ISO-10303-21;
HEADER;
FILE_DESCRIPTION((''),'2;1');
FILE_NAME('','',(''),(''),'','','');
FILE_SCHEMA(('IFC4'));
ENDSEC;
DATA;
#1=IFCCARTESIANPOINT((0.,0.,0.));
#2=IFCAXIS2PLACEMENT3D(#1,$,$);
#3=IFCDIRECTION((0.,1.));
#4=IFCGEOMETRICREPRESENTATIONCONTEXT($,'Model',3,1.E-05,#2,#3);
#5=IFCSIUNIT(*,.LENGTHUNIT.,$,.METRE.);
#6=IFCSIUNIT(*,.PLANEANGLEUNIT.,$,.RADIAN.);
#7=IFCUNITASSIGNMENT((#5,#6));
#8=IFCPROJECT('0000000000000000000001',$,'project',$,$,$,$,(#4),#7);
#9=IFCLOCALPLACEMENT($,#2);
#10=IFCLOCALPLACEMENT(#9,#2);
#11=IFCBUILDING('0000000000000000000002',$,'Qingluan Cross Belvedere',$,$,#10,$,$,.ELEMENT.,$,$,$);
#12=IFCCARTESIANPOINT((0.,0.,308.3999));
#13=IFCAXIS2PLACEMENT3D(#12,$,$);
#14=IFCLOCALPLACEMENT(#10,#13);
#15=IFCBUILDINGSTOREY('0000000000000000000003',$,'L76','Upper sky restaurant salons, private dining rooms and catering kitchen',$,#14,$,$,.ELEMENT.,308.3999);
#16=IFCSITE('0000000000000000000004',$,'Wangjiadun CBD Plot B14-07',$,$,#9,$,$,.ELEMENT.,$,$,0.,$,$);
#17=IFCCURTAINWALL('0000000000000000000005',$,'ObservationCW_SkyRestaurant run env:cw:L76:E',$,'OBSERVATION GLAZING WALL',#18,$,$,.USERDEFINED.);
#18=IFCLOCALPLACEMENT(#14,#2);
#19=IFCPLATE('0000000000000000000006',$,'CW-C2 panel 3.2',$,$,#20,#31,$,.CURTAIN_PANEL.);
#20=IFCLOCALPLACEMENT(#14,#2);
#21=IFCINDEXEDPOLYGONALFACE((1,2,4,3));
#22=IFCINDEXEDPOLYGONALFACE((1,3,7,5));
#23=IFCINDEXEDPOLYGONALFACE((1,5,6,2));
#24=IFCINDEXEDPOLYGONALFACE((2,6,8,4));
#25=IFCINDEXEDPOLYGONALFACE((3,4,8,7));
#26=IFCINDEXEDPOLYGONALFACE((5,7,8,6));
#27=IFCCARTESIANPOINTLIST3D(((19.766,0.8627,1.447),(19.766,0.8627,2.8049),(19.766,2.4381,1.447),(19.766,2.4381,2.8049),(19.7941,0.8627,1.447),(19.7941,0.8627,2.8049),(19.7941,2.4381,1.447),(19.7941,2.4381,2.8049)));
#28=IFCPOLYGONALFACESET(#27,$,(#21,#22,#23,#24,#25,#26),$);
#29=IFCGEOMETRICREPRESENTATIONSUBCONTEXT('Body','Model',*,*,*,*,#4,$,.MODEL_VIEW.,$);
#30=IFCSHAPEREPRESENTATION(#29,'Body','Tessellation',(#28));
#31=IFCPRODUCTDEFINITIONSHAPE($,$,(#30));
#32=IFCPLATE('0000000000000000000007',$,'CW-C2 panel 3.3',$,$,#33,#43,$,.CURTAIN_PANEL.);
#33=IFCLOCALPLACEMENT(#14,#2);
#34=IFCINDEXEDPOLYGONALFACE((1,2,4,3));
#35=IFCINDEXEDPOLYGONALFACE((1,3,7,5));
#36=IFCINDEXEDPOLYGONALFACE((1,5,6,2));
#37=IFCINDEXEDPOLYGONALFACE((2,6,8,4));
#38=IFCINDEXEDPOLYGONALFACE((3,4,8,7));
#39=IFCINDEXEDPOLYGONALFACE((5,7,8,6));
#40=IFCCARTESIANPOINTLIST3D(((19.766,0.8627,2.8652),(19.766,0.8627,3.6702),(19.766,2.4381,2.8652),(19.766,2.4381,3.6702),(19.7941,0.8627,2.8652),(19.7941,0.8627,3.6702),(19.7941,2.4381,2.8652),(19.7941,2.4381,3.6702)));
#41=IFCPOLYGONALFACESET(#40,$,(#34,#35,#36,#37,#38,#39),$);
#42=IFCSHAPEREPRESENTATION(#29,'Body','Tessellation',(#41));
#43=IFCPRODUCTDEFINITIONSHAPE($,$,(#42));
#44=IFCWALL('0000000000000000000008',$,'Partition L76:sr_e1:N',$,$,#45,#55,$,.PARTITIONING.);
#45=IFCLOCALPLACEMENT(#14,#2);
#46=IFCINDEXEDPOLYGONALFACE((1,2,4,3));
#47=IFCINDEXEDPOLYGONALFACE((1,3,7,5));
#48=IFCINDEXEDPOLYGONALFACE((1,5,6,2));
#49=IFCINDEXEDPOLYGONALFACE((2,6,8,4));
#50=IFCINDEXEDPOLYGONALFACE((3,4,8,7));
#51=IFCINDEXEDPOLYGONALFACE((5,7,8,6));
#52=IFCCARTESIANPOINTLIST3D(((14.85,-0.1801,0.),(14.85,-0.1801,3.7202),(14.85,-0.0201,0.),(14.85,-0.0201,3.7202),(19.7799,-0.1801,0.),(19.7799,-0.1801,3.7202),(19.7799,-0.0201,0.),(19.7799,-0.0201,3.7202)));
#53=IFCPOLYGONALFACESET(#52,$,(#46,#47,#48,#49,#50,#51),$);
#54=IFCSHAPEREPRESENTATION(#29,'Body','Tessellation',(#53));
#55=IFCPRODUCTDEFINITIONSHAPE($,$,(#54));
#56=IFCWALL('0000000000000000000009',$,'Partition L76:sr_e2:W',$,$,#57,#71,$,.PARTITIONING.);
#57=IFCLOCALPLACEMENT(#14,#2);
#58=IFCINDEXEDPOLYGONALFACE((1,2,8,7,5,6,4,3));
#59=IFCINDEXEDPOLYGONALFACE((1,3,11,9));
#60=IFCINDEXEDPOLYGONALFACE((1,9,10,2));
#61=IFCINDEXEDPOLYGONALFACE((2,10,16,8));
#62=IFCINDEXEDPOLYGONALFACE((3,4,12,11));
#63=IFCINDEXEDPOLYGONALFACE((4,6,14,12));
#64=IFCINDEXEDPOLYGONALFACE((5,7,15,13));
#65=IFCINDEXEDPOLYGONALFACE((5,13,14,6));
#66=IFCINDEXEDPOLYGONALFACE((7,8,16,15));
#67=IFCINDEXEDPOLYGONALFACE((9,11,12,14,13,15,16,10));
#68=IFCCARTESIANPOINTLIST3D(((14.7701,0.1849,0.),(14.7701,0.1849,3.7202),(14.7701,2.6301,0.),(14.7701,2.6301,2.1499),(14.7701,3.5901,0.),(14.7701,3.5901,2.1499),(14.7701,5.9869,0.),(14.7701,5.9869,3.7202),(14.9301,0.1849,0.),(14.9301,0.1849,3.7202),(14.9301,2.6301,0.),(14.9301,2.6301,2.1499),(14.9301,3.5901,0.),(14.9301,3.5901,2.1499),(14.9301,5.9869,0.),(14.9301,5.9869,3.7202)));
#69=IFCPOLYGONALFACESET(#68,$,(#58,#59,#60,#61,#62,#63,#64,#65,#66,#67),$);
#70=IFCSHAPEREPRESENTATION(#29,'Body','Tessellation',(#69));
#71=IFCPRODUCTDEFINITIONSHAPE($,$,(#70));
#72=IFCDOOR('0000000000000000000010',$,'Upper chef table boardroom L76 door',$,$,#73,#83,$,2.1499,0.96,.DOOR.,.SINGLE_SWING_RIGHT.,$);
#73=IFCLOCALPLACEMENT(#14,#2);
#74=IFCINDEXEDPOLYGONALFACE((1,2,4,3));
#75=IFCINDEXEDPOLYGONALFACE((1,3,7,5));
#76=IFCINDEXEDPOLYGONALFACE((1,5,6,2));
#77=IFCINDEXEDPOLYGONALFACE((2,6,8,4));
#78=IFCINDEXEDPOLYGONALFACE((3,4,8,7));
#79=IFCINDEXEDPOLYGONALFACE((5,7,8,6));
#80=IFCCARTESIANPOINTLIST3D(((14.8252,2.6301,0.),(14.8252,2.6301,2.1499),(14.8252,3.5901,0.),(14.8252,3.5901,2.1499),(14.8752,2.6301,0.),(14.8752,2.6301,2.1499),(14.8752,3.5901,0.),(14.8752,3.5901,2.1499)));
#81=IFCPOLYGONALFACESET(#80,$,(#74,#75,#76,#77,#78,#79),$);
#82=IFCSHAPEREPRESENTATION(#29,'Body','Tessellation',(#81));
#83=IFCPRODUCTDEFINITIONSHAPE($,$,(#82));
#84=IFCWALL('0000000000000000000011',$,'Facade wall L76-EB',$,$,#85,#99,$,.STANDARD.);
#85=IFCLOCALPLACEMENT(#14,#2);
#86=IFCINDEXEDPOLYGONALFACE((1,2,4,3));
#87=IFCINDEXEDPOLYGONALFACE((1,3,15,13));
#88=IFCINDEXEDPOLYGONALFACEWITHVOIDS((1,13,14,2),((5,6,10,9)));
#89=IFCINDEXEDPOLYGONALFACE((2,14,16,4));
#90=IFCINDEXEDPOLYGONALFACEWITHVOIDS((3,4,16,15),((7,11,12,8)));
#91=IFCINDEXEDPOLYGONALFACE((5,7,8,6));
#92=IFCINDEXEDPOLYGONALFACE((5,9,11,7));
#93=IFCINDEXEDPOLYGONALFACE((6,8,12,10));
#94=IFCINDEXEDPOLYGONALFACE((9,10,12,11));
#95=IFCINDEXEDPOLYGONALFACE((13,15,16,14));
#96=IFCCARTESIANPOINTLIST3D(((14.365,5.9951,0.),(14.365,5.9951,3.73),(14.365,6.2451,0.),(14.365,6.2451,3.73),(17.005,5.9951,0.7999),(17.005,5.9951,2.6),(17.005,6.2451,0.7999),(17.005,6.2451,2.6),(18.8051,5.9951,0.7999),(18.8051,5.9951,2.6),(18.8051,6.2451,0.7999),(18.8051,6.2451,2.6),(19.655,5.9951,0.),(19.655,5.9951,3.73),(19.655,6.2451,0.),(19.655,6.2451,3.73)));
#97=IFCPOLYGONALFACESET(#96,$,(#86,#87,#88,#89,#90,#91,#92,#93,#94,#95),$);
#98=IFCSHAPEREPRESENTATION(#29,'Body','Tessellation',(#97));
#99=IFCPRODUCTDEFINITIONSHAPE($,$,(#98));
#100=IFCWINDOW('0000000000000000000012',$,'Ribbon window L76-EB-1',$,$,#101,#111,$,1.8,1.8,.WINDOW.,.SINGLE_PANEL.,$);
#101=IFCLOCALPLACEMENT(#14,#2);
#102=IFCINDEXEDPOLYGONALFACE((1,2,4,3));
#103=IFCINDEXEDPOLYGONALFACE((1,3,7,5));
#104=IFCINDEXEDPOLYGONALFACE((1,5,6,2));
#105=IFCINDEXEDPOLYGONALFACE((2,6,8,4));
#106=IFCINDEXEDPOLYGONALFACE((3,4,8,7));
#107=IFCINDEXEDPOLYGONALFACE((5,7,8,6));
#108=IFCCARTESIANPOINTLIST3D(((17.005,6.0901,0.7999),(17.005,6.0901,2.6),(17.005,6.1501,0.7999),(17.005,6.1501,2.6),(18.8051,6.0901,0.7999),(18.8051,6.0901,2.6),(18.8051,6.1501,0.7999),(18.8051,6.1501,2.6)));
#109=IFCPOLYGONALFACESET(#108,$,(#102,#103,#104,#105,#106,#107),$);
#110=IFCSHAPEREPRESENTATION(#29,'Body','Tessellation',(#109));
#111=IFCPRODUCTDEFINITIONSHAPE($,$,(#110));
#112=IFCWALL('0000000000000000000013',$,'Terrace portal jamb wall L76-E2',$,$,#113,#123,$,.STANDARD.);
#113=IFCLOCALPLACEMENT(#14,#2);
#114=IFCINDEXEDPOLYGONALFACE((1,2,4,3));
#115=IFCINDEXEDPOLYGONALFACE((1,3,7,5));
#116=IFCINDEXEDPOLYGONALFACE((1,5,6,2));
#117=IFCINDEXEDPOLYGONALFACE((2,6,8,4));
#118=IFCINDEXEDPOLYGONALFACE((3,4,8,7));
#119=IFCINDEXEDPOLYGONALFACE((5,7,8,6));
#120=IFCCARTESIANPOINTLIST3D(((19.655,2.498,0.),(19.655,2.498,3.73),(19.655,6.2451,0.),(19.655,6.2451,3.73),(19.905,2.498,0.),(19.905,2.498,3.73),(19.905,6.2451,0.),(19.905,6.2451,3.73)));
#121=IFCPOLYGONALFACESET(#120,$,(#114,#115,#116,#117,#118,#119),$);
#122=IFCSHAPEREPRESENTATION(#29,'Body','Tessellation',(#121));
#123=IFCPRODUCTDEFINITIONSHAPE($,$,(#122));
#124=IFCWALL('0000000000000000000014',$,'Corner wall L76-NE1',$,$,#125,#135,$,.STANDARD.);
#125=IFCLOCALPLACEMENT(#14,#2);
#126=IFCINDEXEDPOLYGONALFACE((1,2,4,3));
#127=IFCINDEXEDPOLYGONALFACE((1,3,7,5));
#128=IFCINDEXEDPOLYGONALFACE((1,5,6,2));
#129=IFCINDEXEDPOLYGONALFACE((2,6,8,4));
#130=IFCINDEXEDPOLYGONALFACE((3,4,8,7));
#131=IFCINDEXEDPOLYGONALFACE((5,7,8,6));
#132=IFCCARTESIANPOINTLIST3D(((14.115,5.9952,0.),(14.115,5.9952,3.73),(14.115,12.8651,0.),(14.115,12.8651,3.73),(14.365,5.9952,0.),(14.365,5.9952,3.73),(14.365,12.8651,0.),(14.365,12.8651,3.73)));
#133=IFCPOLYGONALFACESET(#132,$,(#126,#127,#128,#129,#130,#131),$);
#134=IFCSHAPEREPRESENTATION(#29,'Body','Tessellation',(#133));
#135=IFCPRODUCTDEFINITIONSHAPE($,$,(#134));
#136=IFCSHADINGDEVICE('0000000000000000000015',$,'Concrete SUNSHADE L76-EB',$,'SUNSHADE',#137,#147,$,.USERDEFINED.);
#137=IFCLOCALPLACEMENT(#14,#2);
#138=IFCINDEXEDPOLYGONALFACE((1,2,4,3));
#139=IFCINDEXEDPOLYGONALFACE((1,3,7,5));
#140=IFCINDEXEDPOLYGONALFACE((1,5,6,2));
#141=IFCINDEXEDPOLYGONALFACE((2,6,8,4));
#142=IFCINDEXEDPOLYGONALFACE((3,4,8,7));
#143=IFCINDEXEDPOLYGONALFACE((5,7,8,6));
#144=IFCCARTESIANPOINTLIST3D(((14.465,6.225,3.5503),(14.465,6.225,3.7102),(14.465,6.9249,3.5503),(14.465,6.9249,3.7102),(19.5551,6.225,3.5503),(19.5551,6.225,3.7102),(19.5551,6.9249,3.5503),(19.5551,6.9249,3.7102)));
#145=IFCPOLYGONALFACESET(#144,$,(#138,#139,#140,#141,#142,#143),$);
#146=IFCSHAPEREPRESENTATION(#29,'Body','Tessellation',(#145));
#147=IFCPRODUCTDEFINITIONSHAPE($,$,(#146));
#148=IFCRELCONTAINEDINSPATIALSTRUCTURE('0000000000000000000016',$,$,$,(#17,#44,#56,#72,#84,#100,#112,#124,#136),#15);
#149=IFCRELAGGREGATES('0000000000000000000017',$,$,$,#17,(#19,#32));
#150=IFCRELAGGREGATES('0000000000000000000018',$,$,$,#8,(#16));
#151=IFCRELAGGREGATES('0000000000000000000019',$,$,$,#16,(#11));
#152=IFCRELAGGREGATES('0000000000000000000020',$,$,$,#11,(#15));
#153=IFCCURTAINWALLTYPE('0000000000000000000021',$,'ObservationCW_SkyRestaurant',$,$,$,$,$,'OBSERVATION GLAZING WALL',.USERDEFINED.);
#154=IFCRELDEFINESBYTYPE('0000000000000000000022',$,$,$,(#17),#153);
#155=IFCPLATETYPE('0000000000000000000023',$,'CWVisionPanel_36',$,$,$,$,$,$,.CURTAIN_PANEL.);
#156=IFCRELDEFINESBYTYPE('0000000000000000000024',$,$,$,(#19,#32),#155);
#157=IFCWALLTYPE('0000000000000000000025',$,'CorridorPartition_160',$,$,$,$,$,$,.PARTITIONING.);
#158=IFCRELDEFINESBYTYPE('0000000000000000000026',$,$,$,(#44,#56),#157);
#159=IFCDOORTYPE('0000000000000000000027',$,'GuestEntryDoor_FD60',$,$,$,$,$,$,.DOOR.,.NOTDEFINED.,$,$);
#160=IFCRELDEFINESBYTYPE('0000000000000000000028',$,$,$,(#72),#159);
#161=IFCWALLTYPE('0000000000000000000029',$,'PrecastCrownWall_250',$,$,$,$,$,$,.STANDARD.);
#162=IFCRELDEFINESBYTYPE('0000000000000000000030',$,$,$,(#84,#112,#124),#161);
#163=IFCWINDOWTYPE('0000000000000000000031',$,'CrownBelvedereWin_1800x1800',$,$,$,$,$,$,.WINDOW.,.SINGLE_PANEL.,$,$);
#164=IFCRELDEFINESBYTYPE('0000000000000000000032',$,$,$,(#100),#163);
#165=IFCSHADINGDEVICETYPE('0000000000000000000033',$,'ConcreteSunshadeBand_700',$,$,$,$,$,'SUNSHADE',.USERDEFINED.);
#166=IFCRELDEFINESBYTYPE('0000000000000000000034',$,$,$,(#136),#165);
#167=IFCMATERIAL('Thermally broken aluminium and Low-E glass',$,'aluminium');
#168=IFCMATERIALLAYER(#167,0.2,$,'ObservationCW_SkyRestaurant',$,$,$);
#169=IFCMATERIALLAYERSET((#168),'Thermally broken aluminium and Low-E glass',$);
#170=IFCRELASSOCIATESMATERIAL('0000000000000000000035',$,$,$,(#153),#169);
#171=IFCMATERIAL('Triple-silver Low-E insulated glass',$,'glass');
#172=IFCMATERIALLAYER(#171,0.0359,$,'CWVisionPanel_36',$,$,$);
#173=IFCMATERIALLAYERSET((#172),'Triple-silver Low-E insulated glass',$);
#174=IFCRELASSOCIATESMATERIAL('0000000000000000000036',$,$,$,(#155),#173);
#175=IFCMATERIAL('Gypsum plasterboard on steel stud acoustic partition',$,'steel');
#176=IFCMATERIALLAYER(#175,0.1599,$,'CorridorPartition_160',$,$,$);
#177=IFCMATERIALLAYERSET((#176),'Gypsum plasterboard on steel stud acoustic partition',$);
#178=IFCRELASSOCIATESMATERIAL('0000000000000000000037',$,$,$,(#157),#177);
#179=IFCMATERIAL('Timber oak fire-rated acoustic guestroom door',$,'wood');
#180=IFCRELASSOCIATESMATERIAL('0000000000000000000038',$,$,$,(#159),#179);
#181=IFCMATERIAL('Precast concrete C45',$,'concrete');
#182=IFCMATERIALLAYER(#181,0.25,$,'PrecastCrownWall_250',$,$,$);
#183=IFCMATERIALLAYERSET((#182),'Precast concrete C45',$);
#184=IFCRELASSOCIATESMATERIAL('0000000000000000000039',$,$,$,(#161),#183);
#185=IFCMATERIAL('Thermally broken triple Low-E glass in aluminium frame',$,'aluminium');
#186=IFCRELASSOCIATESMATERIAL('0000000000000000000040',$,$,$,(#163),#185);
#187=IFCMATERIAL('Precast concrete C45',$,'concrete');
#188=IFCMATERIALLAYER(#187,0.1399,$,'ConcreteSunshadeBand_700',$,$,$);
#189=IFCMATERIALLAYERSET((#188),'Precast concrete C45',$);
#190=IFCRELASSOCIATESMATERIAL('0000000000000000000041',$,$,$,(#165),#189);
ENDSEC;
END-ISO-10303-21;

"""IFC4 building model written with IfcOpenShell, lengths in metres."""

from ifc_helpers import new_model, si_unit, direction, frame, frame_2d, origin, origin_2d, place, context, subcontext, project, spatial, rectangle, extrude, material, layer, layer_set, type_object, element, fill, aggregate, save


model = new_model("IFC4")

# Units and contexts
model_context = context("Model", 3, precision=1e-05, world=origin(), true_north=direction((0.0, 1.0)))
body_context = subcontext(model_context, "Body", "Model", "MODEL_VIEW")
ifc_project = project(units=[si_unit("LENGTHUNIT", "METRE"), si_unit("PLANEANGLEUNIT", "RADIAN")], contexts=[model_context])

# Site, building, storey
site_placement = place(None, origin())
site = spatial("IfcSite", under=ifc_project, at=site_placement, Name="Wangjiadun CBD Plot B14-07", CompositionType="ELEMENT", RefElevation=0.0)
building_placement = place(site_placement, origin())
building = spatial("IfcBuilding", under=site, at=building_placement, Name="Qingluan Cross Belvedere", CompositionType="ELEMENT")
storey_placement = place(building_placement, frame((0.0, 0.0, 308.3999)))
storey = spatial("IfcBuildingStorey", under=building, at=storey_placement, Name="L76", Description="Upper sky restaurant salons, private dining rooms and catering kitchen", CompositionType="ELEMENT", Elevation=308.3999)

# Curtain wall, plates
ifc_material_1 = material(Name="Thermally broken aluminium and Low-E glass", Category="aluminium")
ifc_layer_1 = layer(ifc_material_1, 0.2, Name="ObservationCW_SkyRestaurant")
ifc_layer_set_1 = layer_set([ifc_layer_1], Name="Thermally broken aluminium and Low-E glass")
curtain_wall_type = type_object("IfcCurtainWallType", Name="ObservationCW_SkyRestaurant", ElementType="OBSERVATION GLAZING WALL", PredefinedType="USERDEFINED", material=ifc_layer_set_1)
curtain_wall_placement = place(storey_placement, origin())
curtain_wall = element("IfcCurtainWall", 1, at=curtain_wall_placement, inside=storey, type_object=curtain_wall_type, Name="ObservationCW_SkyRestaurant run env:cw:L76:E", ObjectType="OBSERVATION GLAZING WALL", PredefinedType="USERDEFINED")
ifc_material_2 = material(Name="Triple-silver Low-E insulated glass", Category="glass")
ifc_layer_2 = layer(ifc_material_2, 0.0359, Name="CWVisionPanel_36")
ifc_layer_set_2 = layer_set([ifc_layer_2], Name="Triple-silver Low-E insulated glass")
plate_type = type_object("IfcPlateType", Name="CWVisionPanel_36", PredefinedType="CURTAIN_PANEL", material=ifc_layer_set_2)
plate_1_placement = place(storey_placement, frame((19.78, 1.6504, 1.447), z_axis=(0.0, 0.0, 1.0), x_axis=(0.0, 1.0, 0.0)))
plate_1 = element("IfcPlate", 2, at=plate_1_placement, type_object=plate_type, Name="CW-C2 panel 3.2", PredefinedType="CURTAIN_PANEL", context=body_context, shape_type="SweptSolid", body=[
    extrude(rectangle(XDim=1.5754, YDim=0.0281, at=origin_2d()), origin(), (0.0, 0.0, 1.0), 1.3579),
])
plate_2_placement = place(storey_placement, frame((19.78, 1.6504, 2.8652), z_axis=(0.0, 0.0, 1.0), x_axis=(0.0, 1.0, 0.0)))
plate_2 = element("IfcPlate", 3, at=plate_2_placement, type_object=plate_type, Name="CW-C2 panel 3.3", PredefinedType="CURTAIN_PANEL", context=body_context, shape_type="SweptSolid", body=[
    extrude(rectangle(XDim=1.5754, YDim=0.0281, at=origin_2d()), origin(), (0.0, 0.0, 1.0), 0.8049),
])
aggregate(curtain_wall, [plate_1, plate_2])

# Wall
ifc_material_3 = material(Name="Gypsum plasterboard on steel stud acoustic partition", Category="steel")
ifc_layer_3 = layer(ifc_material_3, 0.1599, Name="CorridorPartition_160")
ifc_layer_set_3 = layer_set([ifc_layer_3], Name="Gypsum plasterboard on steel stud acoustic partition")
wall_type_1 = type_object("IfcWallType", Name="CorridorPartition_160", PredefinedType="PARTITIONING", material=ifc_layer_set_3)
wall_1_placement = place(storey_placement, frame((14.8501, -0.1001, 0.0), z_axis=(0.0, 0.0, 1.0), x_axis=(1.0, 0.0, 0.0)))
element("IfcWall", 4, at=wall_1_placement, inside=storey, type_object=wall_type_1, Name="Partition L76:sr_e1:N", PredefinedType="PARTITIONING", context=body_context, shape_type="SweptSolid", body=[
    extrude(rectangle(XDim=4.9299, YDim=0.1599, at=frame_2d((2.4648, 0.0))), origin(), (0.0, 0.0, 1.0), 3.7202),
])

# Wall, opening, door
wall_2_placement = place(storey_placement, frame((14.8501, 0.1851, 0.0), z_axis=(0.0, 0.0, 1.0), x_axis=(0.0, 1.0, 0.0)))
wall_2 = element("IfcWall", 5, at=wall_2_placement, inside=storey, type_object=wall_type_1, Name="Partition L76:sr_e2:W", PredefinedType="PARTITIONING", context=body_context, shape_type="SweptSolid", body=[
    extrude(rectangle(XDim=5.802, YDim=0.1599, at=frame_2d((2.9009, 0.0))), origin(), (0.0, 0.0, 1.0), 3.7202),
])
opening_1_placement = place(wall_2_placement, frame((2.4451, 0.0, 0.0)))
opening_1 = element("IfcOpeningElement", 6, at=opening_1_placement, cuts=wall_2, PredefinedType="OPENING", context=body_context, shape_type="SweptSolid", body=[
    extrude(rectangle(XDim=0.96, YDim=2.1499, at=frame_2d((0.48, 1.075))), frame((0.0, 0.0898, 0.0), z_axis=(0.0, -1.0, 0.0), x_axis=(1.0, 0.0, 0.0)), (0.0, 0.0, 1.0), 0.1799),
])
ifc_material_4 = material(Name="Timber oak fire-rated acoustic guestroom door", Category="wood")
door_type = type_object("IfcDoorType", Name="GuestEntryDoor_FD60", OperationType="NOTDEFINED", PredefinedType="DOOR", material=ifc_material_4)
door_placement = place(opening_1_placement, origin())
door = element("IfcDoor", 7, at=door_placement, inside=storey, type_object=door_type, Name="Upper chef table boardroom L76 door", OperationType="SINGLE_SWING_RIGHT", OverallHeight=2.1499, OverallWidth=0.96, PredefinedType="DOOR", context=body_context, shape_type="SweptSolid", body=[
    extrude(rectangle(XDim=0.96, YDim=2.1499, at=frame_2d((0.48, 1.075))), frame((0.0, 0.0249, 0.0), z_axis=(0.0, -1.0, 0.0), x_axis=(1.0, 0.0, 0.0)), (0.0, 0.0, 1.0), 0.05),
])
fill(opening_1, door)

# Wall, opening, window
ifc_material_5 = material(Name="Precast concrete C45", Category="concrete")
ifc_layer_4 = layer(ifc_material_5, 0.25, Name="PrecastCrownWall_250")
ifc_layer_set_4 = layer_set([ifc_layer_4], Name="Precast concrete C45")
wall_type_2 = type_object("IfcWallType", Name="PrecastCrownWall_250", PredefinedType="STANDARD", material=ifc_layer_set_4)
wall_3_placement = place(storey_placement, frame((19.655, 6.1201, 0.0), z_axis=(0.0, 0.0, 1.0), x_axis=(-1.0, 0.0, 0.0)))
wall_3 = element("IfcWall", 8, at=wall_3_placement, inside=storey, type_object=wall_type_2, Name="Facade wall L76-EB", PredefinedType="STANDARD", context=body_context, shape_type="SweptSolid", body=[
    extrude(rectangle(XDim=5.29, YDim=0.25, at=frame_2d((2.645, 0.0))), origin(), (0.0, 0.0, 1.0), 3.73),
])
opening_2_placement = place(wall_3_placement, frame((0.8501, 0.0, 0.8)))
opening_2 = element("IfcOpeningElement", 9, at=opening_2_placement, cuts=wall_3, PredefinedType="OPENING", context=body_context, shape_type="SweptSolid", body=[
    extrude(rectangle(XDim=1.8, YDim=1.8, at=frame_2d((0.8999, 0.8999))), frame((0.0, 0.135, 0.0), z_axis=(0.0, -1.0, 0.0), x_axis=(1.0, 0.0, 0.0)), (0.0, 0.0, 1.0), 0.27),
])
ifc_material_6 = material(Name="Thermally broken triple Low-E glass in aluminium frame", Category="aluminium")
window_type = type_object("IfcWindowType", Name="CrownBelvedereWin_1800x1800", PartitioningType="SINGLE_PANEL", PredefinedType="WINDOW", material=ifc_material_6)
window_placement = place(opening_2_placement, origin())
window = element("IfcWindow", 10, at=window_placement, inside=storey, type_object=window_type, Name="Ribbon window L76-EB-1", OverallHeight=1.8, OverallWidth=1.8, PartitioningType="SINGLE_PANEL", PredefinedType="WINDOW", context=body_context, shape_type="SweptSolid", body=[
    extrude(rectangle(XDim=1.8, YDim=1.8, at=frame_2d((0.8999, 0.8999))), frame((0.0, 0.03, 0.0), z_axis=(0.0, -1.0, 0.0), x_axis=(1.0, 0.0, 0.0)), (0.0, 0.0, 1.0), 0.0601),
])
fill(opening_2, window)

# Walls
wall_4_placement = place(storey_placement, frame((19.78, 2.498, 0.0), z_axis=(0.0, 0.0, 1.0), x_axis=(0.0, 1.0, 0.0)))
element("IfcWall", 11, at=wall_4_placement, inside=storey, type_object=wall_type_2, Name="Terrace portal jamb wall L76-E2", PredefinedType="STANDARD", context=body_context, shape_type="SweptSolid", body=[
    extrude(rectangle(XDim=3.7471, YDim=0.25, at=frame_2d((1.8735, 0.0))), origin(), (0.0, 0.0, 1.0), 3.73),
])
wall_5_placement = place(storey_placement, frame((14.24, 5.9951, 0.0), z_axis=(0.0, 0.0, 1.0), x_axis=(0.0, 1.0, 0.0)))
element("IfcWall", 12, at=wall_5_placement, inside=storey, type_object=wall_type_2, Name="Corner wall L76-NE1", PredefinedType="STANDARD", context=body_context, shape_type="SweptSolid", body=[
    extrude(rectangle(XDim=6.8699, YDim=0.25, at=frame_2d((3.4351, 0.0))), origin(), (0.0, 0.0, 1.0), 3.73),
])

# Shading device
ifc_material_7 = material(Name="Precast concrete C45", Category="concrete")
ifc_layer_5 = layer(ifc_material_7, 0.1399, Name="ConcreteSunshadeBand_700")
ifc_layer_set_5 = layer_set([ifc_layer_5], Name="Precast concrete C45")
shading_device_type = type_object("IfcShadingDeviceType", Name="ConcreteSunshadeBand_700", ElementType="SUNSHADE", PredefinedType="USERDEFINED", material=ifc_layer_set_5)
shading_device_placement = place(storey_placement, frame((17.01, 6.575, 3.5503), z_axis=(0.0, 0.0, 1.0), x_axis=(-1.0, 0.0, 0.0)))
element("IfcShadingDevice", 13, at=shading_device_placement, inside=storey, type_object=shading_device_type, Name="Concrete SUNSHADE L76-EB", ObjectType="SUNSHADE", PredefinedType="USERDEFINED", context=body_context, shape_type="SweptSolid", body=[
    extrude(rectangle(XDim=5.0901, YDim=0.7, at=origin_2d()), origin(), (0.0, 0.0, 1.0), 0.1599),
])

save(model, "model.ifc")
